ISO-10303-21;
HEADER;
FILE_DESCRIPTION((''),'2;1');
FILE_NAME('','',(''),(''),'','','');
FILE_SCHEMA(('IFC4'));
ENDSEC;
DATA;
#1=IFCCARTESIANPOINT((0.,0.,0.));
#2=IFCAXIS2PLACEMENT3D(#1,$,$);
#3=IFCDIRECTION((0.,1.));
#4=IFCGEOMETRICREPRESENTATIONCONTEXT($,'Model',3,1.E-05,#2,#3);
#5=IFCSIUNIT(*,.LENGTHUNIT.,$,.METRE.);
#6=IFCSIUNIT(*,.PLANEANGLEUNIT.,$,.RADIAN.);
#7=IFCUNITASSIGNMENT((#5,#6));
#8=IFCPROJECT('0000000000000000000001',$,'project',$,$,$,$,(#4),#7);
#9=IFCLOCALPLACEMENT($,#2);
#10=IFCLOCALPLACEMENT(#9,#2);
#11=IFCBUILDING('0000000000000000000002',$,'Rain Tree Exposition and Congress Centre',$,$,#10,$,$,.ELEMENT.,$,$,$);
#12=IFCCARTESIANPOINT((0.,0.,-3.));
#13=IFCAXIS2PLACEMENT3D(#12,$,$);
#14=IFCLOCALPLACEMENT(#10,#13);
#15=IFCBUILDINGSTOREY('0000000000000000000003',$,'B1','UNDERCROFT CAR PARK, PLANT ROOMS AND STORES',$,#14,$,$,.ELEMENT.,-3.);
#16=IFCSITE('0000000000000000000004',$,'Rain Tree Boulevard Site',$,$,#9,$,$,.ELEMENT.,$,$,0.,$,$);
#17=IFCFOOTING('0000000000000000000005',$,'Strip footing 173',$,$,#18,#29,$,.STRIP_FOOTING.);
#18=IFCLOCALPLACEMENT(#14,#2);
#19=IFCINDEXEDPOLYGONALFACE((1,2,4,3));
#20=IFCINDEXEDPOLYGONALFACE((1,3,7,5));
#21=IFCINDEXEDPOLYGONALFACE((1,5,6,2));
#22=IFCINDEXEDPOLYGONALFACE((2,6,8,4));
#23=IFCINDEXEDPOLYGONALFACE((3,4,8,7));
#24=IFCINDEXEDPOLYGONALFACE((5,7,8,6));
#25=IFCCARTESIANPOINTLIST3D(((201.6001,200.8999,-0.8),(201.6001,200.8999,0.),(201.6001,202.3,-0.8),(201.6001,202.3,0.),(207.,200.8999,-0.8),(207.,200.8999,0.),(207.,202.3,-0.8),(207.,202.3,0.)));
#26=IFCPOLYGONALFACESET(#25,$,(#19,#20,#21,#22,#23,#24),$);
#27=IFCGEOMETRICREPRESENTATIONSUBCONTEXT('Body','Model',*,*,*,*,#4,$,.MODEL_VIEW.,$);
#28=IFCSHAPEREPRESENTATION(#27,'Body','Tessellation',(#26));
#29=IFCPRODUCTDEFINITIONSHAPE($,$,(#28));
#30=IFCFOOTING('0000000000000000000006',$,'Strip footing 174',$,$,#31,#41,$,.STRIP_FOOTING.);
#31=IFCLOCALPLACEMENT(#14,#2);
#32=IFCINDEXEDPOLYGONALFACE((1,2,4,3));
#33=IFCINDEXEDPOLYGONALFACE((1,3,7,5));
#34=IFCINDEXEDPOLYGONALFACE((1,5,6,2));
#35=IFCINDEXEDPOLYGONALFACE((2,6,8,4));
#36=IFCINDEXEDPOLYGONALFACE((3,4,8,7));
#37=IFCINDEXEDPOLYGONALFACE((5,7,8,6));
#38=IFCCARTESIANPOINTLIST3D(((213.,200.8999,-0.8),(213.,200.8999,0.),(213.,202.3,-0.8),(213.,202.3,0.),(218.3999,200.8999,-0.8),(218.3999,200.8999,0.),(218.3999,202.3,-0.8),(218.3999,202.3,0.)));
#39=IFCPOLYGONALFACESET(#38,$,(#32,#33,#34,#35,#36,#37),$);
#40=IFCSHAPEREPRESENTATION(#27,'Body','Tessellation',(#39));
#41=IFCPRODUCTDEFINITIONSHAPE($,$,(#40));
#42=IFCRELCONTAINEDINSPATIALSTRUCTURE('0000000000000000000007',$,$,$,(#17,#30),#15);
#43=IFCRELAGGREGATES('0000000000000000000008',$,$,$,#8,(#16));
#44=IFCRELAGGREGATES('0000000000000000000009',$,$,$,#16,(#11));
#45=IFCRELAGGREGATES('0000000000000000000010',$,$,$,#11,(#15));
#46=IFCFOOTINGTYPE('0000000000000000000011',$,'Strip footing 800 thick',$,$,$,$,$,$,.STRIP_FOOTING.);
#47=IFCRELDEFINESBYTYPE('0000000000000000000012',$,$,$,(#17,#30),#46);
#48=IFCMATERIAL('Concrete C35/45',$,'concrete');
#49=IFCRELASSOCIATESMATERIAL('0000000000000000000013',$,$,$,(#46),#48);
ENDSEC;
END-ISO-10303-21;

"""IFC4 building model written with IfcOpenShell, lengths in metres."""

from ifc_helpers import new_model, si_unit, direction, frame, origin, place, context, subcontext, project, spatial, polyline, outline, extrude, material, type_object, element, save


model = new_model("IFC4")

# Units and contexts
model_context = context("Model", 3, precision=1e-05, world=origin(), true_north=direction((0.0, 1.0)))
body_context = subcontext(model_context, "Body", "Model", "MODEL_VIEW")
ifc_project = project(units=[si_unit("LENGTHUNIT", "METRE"), si_unit("PLANEANGLEUNIT", "RADIAN")], contexts=[model_context])

# Site, building, storey
site_placement = place(None, origin())
site = spatial("IfcSite", under=ifc_project, at=site_placement, Name="Rain Tree Boulevard Site", CompositionType="ELEMENT", RefElevation=0.0)
building_placement = place(site_placement, origin())
building = spatial("IfcBuilding", under=site, at=building_placement, Name="Rain Tree Exposition and Congress Centre", CompositionType="ELEMENT")
storey_placement = place(building_placement, frame((0.0, 0.0, -3.0)))
storey = spatial("IfcBuildingStorey", under=building, at=storey_placement, Name="B1", Description="UNDERCROFT CAR PARK, PLANT ROOMS AND STORES", CompositionType="ELEMENT", Elevation=-3.0)

# Footings
ifc_material = material(Name="Concrete C35/45", Category="concrete")
footing_type = type_object("IfcFootingType", Name="Strip footing 800 thick", PredefinedType="STRIP_FOOTING", material=ifc_material)
footing_1_placement = place(storey_placement, frame((0.0, 0.0, -0.8)))
element("IfcFooting", 1, at=footing_1_placement, inside=storey, type_object=footing_type, Name="Strip footing 173", PredefinedType="STRIP_FOOTING", context=body_context, shape_type="SweptSolid", body=[
    extrude(outline(polyline([(201.6001, 202.3), (201.6001, 200.8999), (207.0, 200.8999), (207.0, 202.3), (201.6001, 202.3)])), origin(), (0.0, 0.0, 1.0), 0.8),
])
footing_2_placement = place(storey_placement, frame((0.0, 0.0, -0.8)))
element("IfcFooting", 2, at=footing_2_placement, inside=storey, type_object=footing_type, Name="Strip footing 174", PredefinedType="STRIP_FOOTING", context=body_context, shape_type="SweptSolid", body=[
    extrude(outline(polyline([(213.0, 200.8999), (218.3999, 200.8999), (218.3999, 202.3), (213.0, 202.3), (213.0, 200.8999)])), origin(), (0.0, 0.0, 1.0), 0.8),
])

save(model, "model.ifc")
